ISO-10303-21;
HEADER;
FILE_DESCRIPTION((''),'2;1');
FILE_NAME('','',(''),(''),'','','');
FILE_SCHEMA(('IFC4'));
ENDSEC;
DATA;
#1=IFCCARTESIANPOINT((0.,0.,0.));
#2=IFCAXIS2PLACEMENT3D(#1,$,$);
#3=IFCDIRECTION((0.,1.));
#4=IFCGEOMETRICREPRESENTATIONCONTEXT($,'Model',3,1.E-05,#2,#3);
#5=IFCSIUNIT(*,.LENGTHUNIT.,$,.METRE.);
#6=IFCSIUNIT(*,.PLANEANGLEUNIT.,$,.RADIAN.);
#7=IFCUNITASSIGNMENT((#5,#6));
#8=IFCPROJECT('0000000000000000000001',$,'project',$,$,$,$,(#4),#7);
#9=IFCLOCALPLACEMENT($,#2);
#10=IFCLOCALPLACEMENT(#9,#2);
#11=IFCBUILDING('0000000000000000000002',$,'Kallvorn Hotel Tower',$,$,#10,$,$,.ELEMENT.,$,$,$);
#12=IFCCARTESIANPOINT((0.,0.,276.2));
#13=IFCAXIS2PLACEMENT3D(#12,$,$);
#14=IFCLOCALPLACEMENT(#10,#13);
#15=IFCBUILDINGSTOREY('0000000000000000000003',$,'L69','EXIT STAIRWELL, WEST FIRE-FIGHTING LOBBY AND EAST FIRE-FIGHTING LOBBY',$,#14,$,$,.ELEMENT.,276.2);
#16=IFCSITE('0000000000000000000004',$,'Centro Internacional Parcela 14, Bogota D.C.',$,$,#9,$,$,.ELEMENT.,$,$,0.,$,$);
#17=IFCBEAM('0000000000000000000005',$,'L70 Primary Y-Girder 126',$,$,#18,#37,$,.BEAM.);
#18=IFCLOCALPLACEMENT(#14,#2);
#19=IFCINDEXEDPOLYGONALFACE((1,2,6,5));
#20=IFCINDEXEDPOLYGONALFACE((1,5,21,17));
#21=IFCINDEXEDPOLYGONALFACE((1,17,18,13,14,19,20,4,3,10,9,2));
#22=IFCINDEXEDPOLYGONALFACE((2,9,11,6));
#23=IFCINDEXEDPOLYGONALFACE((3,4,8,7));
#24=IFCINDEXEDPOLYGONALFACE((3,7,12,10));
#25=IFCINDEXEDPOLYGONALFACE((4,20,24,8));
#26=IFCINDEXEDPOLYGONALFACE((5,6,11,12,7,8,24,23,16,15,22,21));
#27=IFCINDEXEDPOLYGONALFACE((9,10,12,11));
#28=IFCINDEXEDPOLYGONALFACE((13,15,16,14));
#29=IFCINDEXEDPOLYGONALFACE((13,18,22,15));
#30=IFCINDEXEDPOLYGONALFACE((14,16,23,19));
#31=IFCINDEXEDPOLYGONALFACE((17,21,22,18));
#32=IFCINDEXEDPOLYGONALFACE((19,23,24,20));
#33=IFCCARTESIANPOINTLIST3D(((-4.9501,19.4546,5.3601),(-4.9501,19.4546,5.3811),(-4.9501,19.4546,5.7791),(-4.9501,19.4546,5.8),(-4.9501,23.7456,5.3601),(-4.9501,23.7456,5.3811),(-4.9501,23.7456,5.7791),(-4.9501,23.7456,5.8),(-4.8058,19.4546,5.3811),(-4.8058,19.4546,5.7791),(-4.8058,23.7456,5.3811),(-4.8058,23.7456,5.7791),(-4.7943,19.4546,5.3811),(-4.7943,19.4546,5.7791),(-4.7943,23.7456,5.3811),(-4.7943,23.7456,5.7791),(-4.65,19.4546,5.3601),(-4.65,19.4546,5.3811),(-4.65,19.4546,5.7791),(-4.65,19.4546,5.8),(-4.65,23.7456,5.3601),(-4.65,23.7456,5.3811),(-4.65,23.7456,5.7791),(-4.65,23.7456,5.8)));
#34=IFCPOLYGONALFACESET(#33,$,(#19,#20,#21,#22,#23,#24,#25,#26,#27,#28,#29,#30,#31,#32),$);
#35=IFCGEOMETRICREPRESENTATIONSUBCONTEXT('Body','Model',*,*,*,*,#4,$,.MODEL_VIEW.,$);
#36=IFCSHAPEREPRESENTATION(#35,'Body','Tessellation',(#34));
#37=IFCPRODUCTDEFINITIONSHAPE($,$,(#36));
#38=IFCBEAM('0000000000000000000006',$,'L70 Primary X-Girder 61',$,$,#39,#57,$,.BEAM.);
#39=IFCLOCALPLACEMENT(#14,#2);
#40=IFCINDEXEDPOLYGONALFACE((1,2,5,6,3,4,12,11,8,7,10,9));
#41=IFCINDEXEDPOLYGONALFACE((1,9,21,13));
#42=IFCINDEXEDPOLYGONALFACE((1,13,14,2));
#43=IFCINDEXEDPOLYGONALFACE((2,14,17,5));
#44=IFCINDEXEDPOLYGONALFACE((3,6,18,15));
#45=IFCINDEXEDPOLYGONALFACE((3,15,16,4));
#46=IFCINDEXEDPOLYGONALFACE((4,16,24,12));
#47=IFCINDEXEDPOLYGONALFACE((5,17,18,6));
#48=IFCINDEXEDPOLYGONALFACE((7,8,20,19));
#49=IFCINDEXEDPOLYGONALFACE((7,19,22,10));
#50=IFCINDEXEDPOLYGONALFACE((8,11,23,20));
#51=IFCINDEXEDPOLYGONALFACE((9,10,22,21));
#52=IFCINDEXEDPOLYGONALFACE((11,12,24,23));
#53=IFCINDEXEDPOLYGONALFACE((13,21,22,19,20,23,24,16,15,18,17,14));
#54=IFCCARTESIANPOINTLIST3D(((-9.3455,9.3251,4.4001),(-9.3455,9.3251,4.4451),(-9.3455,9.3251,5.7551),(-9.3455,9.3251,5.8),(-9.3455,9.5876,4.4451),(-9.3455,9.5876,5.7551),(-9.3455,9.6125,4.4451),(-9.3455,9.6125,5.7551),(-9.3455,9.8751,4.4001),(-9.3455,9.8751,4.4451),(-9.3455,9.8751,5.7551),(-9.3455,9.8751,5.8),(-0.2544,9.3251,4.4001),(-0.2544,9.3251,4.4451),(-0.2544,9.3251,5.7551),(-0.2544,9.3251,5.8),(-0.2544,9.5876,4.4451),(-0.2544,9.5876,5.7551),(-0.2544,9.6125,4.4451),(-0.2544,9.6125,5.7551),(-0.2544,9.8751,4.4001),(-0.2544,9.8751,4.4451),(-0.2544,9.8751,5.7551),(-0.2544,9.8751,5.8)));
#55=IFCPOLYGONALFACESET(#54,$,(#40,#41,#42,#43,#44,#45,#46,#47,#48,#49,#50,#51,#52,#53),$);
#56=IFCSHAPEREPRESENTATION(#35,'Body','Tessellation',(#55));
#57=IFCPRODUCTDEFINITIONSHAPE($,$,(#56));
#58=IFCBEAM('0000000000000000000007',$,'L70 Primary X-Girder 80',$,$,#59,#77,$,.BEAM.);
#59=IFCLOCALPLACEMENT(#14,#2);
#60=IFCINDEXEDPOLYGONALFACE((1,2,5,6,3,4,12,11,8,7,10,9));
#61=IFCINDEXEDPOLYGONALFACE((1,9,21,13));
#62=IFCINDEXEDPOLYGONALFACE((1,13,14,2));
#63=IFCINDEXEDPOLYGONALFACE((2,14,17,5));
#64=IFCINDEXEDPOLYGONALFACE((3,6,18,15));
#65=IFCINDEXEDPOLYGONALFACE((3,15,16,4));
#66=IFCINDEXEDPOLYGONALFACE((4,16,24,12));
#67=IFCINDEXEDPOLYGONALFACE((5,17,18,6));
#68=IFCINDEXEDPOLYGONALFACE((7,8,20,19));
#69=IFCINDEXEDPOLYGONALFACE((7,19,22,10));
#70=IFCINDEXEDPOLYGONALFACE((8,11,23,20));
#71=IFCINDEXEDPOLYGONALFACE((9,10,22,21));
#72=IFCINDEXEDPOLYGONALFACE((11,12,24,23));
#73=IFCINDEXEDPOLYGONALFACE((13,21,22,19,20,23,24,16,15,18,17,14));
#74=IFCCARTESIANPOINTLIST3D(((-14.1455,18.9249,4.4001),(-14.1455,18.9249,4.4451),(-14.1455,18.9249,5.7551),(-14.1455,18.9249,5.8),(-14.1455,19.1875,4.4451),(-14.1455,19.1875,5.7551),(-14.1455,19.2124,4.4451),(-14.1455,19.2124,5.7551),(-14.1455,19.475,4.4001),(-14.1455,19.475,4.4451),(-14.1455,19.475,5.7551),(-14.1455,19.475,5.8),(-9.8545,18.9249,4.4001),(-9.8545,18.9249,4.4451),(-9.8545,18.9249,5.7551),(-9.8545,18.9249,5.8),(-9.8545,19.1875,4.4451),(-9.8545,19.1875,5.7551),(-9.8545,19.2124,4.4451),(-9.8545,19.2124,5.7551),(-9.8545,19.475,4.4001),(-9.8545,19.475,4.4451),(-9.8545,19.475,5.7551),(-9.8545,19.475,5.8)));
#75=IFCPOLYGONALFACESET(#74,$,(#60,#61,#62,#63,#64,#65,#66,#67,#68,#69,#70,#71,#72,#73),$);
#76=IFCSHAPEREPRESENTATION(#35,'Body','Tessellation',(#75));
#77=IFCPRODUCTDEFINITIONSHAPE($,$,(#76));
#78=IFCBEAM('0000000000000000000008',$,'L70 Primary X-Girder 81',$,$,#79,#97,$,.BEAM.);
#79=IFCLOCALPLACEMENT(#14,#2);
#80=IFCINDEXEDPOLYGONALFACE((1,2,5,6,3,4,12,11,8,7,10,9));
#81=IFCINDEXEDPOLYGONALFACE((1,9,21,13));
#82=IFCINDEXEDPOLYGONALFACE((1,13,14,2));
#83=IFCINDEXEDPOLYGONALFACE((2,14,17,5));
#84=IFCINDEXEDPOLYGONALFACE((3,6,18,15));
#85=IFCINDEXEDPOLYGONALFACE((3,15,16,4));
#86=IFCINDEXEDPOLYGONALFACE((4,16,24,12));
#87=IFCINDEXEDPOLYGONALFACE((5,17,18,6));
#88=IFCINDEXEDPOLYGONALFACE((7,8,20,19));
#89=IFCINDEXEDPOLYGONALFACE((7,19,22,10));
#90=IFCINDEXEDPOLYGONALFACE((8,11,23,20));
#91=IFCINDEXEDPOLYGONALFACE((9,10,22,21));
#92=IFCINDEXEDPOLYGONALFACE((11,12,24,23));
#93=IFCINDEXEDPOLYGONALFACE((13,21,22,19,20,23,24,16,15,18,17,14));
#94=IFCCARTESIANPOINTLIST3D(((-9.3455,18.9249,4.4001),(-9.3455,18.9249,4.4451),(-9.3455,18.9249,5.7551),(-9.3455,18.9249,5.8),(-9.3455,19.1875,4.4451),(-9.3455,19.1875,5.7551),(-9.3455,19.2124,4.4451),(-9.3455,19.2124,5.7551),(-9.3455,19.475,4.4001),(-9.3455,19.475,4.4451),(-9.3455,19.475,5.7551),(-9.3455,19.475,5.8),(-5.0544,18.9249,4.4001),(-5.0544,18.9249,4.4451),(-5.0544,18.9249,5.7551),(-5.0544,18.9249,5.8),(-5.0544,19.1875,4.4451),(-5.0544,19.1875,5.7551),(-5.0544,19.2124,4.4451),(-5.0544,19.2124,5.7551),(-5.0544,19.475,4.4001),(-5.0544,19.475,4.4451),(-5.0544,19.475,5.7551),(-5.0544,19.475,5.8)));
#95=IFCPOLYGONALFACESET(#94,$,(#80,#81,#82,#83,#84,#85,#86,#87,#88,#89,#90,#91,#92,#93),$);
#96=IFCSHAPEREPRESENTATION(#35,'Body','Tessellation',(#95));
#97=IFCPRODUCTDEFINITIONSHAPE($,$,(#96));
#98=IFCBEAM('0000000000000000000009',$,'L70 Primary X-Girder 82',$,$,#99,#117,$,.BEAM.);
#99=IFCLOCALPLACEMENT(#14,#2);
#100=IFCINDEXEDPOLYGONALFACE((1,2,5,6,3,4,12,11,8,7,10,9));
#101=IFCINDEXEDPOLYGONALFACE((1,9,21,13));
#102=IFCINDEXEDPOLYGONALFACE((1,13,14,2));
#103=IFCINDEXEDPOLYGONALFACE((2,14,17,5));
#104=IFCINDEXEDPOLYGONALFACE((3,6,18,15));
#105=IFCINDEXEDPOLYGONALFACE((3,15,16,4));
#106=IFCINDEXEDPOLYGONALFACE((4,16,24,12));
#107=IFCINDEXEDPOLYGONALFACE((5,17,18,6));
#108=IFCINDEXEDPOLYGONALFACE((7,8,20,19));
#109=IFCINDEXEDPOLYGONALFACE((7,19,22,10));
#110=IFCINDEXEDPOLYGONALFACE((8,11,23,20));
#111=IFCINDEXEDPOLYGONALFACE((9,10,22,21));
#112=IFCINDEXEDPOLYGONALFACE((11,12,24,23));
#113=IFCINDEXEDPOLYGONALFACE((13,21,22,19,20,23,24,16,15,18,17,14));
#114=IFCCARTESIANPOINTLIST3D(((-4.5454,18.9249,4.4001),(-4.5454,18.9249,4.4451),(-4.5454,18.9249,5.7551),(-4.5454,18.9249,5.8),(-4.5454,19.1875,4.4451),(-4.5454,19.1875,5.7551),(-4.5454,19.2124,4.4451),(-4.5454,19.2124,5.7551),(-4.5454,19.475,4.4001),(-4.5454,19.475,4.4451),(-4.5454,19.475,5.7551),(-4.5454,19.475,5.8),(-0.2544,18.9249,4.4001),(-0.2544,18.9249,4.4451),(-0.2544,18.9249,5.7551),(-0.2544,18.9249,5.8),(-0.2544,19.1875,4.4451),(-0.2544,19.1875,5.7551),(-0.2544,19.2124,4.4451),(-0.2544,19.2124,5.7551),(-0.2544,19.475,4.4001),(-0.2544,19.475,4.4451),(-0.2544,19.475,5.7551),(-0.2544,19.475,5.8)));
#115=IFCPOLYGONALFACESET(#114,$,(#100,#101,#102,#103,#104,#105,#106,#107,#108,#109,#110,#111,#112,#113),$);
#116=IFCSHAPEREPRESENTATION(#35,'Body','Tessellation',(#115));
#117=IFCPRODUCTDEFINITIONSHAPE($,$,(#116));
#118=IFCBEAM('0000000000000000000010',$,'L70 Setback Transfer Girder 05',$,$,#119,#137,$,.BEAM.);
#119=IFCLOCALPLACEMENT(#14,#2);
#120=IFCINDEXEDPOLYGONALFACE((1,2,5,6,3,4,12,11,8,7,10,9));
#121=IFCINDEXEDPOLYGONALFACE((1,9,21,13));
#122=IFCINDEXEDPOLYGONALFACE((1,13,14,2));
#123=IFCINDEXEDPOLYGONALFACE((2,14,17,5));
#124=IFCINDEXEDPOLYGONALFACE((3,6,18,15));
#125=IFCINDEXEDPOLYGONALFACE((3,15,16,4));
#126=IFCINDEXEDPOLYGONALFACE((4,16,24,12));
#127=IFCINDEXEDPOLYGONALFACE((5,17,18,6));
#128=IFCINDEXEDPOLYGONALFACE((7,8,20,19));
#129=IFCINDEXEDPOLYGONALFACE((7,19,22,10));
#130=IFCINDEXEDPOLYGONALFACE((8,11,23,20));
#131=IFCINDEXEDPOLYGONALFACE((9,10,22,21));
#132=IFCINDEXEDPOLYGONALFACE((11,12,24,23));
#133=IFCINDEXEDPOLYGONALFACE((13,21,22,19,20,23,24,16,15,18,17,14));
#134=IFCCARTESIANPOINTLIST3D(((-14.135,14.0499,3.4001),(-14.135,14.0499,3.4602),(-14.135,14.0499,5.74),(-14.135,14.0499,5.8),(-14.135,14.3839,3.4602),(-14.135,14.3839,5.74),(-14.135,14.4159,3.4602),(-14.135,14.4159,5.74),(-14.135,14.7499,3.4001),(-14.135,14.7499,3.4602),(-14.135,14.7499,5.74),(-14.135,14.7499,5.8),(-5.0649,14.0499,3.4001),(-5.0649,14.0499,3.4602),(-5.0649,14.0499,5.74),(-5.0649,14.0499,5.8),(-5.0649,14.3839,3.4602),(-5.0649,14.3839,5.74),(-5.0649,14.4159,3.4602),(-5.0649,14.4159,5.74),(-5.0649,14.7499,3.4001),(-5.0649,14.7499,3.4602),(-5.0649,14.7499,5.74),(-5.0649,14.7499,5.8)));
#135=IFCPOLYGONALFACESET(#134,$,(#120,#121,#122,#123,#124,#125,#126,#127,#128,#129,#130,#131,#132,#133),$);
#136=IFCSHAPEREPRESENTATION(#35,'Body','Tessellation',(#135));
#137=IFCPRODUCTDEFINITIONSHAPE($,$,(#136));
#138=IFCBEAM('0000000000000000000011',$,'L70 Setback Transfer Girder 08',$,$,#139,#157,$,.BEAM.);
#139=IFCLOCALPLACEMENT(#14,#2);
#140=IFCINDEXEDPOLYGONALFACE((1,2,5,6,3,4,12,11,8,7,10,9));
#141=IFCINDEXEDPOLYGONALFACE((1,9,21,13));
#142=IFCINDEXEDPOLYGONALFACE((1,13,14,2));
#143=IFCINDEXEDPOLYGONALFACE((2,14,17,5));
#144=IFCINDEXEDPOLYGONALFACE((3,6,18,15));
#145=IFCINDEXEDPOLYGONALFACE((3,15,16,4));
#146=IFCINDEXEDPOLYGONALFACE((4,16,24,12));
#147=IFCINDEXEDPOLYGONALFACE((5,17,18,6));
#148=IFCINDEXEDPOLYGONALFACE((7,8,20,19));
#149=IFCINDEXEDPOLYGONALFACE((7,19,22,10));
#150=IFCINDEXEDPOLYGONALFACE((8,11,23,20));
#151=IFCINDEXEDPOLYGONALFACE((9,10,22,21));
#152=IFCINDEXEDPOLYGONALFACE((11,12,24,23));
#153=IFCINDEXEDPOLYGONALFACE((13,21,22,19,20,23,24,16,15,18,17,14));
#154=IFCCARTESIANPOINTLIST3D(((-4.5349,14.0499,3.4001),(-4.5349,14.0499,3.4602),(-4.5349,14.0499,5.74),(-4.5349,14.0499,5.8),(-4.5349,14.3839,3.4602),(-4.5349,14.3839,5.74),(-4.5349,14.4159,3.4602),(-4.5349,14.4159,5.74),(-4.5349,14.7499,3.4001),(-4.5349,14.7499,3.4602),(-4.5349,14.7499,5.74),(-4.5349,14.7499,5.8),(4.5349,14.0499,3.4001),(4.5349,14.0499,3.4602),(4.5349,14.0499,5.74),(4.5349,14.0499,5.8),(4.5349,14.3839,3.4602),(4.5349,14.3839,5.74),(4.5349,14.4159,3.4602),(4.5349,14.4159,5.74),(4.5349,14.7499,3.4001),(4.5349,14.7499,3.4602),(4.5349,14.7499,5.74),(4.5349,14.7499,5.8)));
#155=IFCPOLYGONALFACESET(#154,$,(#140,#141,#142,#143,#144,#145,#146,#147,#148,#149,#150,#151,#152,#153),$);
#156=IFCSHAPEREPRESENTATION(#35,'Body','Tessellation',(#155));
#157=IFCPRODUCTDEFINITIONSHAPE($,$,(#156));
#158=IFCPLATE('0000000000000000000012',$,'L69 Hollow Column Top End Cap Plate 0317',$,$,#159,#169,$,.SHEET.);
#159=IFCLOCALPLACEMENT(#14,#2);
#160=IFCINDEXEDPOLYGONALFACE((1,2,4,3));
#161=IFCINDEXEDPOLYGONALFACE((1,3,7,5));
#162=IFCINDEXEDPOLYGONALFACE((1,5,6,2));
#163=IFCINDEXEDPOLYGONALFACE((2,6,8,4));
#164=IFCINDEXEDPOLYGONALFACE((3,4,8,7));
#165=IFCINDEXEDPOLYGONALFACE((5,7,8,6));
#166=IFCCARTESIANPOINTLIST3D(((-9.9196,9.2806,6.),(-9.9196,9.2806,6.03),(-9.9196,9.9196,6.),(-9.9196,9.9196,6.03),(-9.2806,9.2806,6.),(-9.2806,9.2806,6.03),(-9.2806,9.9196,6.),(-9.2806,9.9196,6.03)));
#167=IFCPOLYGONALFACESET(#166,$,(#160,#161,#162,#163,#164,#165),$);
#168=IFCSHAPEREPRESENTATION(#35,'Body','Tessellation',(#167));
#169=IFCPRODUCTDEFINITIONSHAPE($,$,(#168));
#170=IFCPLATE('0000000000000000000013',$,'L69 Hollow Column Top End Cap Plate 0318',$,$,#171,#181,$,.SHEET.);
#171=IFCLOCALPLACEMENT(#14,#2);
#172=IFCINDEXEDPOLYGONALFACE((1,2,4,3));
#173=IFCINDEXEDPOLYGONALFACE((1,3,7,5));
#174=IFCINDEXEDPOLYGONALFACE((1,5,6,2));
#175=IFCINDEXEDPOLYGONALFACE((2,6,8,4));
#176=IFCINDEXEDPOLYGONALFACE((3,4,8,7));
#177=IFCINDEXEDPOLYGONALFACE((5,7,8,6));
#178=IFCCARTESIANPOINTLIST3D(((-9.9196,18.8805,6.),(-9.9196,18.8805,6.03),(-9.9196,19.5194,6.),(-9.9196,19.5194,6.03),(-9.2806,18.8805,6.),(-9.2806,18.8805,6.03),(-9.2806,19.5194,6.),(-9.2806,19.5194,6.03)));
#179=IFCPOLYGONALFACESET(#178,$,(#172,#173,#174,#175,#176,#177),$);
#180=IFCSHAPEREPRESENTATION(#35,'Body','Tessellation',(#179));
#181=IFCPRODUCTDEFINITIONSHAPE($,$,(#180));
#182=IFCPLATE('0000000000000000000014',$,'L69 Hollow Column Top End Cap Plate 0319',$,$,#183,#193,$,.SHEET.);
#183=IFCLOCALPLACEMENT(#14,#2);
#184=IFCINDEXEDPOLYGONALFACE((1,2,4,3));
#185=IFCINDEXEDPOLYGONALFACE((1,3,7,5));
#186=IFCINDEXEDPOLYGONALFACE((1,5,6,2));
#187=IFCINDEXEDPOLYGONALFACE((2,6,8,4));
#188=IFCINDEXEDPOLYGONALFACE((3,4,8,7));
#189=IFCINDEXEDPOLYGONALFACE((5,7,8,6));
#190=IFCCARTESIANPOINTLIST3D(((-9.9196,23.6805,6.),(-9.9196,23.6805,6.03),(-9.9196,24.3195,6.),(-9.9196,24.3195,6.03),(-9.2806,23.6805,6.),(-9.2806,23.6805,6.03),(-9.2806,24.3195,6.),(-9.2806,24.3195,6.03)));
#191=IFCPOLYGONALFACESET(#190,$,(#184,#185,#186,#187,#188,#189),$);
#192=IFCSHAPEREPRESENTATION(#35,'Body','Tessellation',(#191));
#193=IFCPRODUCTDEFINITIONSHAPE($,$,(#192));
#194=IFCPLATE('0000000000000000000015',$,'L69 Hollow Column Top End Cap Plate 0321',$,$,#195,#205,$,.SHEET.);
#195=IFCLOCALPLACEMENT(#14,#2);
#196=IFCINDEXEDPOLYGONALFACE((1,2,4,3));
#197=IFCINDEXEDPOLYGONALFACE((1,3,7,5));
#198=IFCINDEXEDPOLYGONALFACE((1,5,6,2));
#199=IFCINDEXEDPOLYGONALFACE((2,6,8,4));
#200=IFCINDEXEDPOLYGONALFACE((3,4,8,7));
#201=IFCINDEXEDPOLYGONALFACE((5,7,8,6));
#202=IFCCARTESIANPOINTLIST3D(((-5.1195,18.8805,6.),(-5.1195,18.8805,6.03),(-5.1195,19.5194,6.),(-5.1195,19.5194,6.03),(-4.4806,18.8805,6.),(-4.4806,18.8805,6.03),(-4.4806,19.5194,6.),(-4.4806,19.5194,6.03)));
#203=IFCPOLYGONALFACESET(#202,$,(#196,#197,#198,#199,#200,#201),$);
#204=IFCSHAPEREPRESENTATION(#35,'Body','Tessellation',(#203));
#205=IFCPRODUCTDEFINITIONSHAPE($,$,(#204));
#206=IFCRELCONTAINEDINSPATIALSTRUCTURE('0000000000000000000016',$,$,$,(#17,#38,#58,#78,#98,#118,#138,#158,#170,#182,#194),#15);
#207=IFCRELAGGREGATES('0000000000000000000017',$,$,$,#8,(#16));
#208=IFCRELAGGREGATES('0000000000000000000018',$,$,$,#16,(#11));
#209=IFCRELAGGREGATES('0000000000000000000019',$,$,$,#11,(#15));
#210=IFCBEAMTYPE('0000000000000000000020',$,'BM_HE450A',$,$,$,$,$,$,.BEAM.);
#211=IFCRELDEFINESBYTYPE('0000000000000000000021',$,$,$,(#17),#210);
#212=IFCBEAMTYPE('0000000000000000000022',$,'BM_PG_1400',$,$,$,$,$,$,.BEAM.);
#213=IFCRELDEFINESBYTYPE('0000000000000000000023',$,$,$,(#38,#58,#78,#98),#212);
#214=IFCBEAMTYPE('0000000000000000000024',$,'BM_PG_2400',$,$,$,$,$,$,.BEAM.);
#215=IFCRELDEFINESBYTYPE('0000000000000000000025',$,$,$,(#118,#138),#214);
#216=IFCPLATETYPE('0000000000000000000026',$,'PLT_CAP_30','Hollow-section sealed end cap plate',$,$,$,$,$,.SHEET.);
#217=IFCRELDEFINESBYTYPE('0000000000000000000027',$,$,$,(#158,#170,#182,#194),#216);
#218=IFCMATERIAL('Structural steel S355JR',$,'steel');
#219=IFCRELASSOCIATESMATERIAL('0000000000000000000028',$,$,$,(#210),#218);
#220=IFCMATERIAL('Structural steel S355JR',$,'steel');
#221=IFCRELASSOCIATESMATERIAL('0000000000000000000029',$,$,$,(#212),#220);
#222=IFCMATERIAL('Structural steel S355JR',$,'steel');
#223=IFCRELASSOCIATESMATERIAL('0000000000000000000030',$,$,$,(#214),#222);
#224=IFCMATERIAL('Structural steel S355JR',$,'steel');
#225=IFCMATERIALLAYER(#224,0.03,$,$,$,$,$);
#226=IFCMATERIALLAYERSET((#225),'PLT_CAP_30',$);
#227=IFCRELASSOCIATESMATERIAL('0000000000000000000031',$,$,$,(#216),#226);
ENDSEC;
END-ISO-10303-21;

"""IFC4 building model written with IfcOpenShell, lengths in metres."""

from ifc_helpers import new_model, si_unit, direction, frame, origin, origin_2d, place, context, subcontext, project, spatial, rectangle, i_section, extrude, material, layer, layer_set, material_profile, profile_set, type_object, element, save


model = new_model("IFC4")

# Units and contexts
model_context = context("Model", 3, precision=1e-05, world=origin(), true_north=direction((0.0, 1.0)))
body_context = subcontext(model_context, "Body", "Model", "MODEL_VIEW")
ifc_project = project(units=[si_unit("LENGTHUNIT", "METRE"), si_unit("PLANEANGLEUNIT", "RADIAN")], contexts=[model_context])

# Site, building, storey
site_placement = place(None, origin())
site = spatial("IfcSite", under=ifc_project, at=site_placement, Name="Centro Internacional Parcela 14, Bogota D.C.", CompositionType="ELEMENT", RefElevation=0.0)
building_placement = place(site_placement, origin())
building = spatial("IfcBuilding", under=site, at=building_placement, Name="Kallvorn Hotel Tower", CompositionType="ELEMENT")
storey_placement = place(building_placement, frame((0.0, 0.0, 276.2)))
storey = spatial("IfcBuildingStorey", under=building, at=storey_placement, Name="L69", Description="EXIT STAIRWELL, WEST FIRE-FIGHTING LOBBY AND EAST FIRE-FIGHTING LOBBY", CompositionType="ELEMENT", Elevation=276.2)

# Beams
ifc_material_1 = material(Name="Structural steel S355JR", Category="steel")
ifc_material_profile_1 = material_profile(ifc_material_1, i_section(OverallWidth=0.3, OverallDepth=0.4399, WebThickness=0.0115, FlangeThickness=0.021, at=origin_2d()), Name="HE 450 A")
ifc_profile_set_1 = profile_set([ifc_material_profile_1], Name="Structural steel S355JR")
beam_type_1 = type_object("IfcBeamType", Name="BM_HE450A", PredefinedType="BEAM", material=ifc_profile_set_1)
beam_1_placement = place(storey_placement, frame((-4.8, 19.4546, 5.5801), z_axis=(0.0, 1.0, 0.0), x_axis=(-1.0, 0.0, 0.0)))
element("IfcBeam", 1, at=beam_1_placement, inside=storey, type_object=beam_type_1, Name="L70 Primary Y-Girder 126", PredefinedType="BEAM", context=body_context, shape_type="SweptSolid", body=[
    extrude(i_section(OverallWidth=0.3, OverallDepth=0.4399, WebThickness=0.0115, FlangeThickness=0.021, at=origin_2d()), origin(), (0.0, 0.0, 1.0), 4.291),
])
ifc_material_2 = material(Name="Structural steel S355JR", Category="steel")
ifc_material_profile_2 = material_profile(ifc_material_2, i_section(OverallWidth=0.55, OverallDepth=1.3999, WebThickness=0.0249, FlangeThickness=0.0449, at=origin_2d()), Name="PG 1400x550x25x45")
ifc_profile_set_2 = profile_set([ifc_material_profile_2], Name="Structural steel S355JR")
beam_type_2 = type_object("IfcBeamType", Name="BM_PG_1400", PredefinedType="BEAM", material=ifc_profile_set_2)
beam_2_placement = place(storey_placement, frame((-9.3455, 9.6001, 5.1001), z_axis=(1.0, 0.0, 0.0), x_axis=(0.0, 1.0, 0.0)))
element("IfcBeam", 2, at=beam_2_placement, inside=storey, type_object=beam_type_2, Name="L70 Primary X-Girder 61", PredefinedType="BEAM", context=body_context, shape_type="SweptSolid", body=[
    extrude(i_section(OverallWidth=0.55, OverallDepth=1.3999, WebThickness=0.0249, FlangeThickness=0.0449, at=origin_2d()), origin(), (0.0, 0.0, 1.0), 9.0911),
])
for number, where, z_axis, x_axis, name in (
    (3, (-14.1455, 19.2, 5.1001), (1.0, 0.0, 0.0), (0.0, 1.0, 0.0), "L70 Primary X-Girder 80"),
    (4, (-9.3455, 19.2, 5.1001), (1.0, 0.0, 0.0), (0.0, 1.0, 0.0), "L70 Primary X-Girder 81"),
    (5, (-4.5454, 19.2, 5.1001), (1.0, 0.0, 0.0), (0.0, 1.0, 0.0), "L70 Primary X-Girder 82"),
):
    element("IfcBeam", number, at=place(storey_placement, frame(where, z_axis=z_axis, x_axis=x_axis)), inside=storey, type_object=beam_type_2, Name=name, PredefinedType="BEAM", context=body_context, shape_type="SweptSolid", body=[
        extrude(i_section(OverallWidth=0.55, OverallDepth=1.3999, WebThickness=0.0249, FlangeThickness=0.0449, at=origin_2d()), origin(), (0.0, 0.0, 1.0), 4.291),
    ])
ifc_material_3 = material(Name="Structural steel S355JR", Category="steel")
ifc_material_profile_3 = material_profile(ifc_material_3, i_section(OverallWidth=0.7, OverallDepth=2.3999, WebThickness=0.032, FlangeThickness=0.0601, at=origin_2d()), Name="PG 2400x700x32x60")
ifc_profile_set_3 = profile_set([ifc_material_profile_3], Name="Structural steel S355JR")
beam_type_3 = type_object("IfcBeamType", Name="BM_PG_2400", PredefinedType="BEAM", material=ifc_profile_set_3)
beam_3_placement = place(storey_placement, frame((-14.135, 14.3999, 4.6001), z_axis=(1.0, 0.0, 0.0), x_axis=(0.0, 1.0, 0.0)))
element("IfcBeam", 6, at=beam_3_placement, inside=storey, type_object=beam_type_3, Name="L70 Setback Transfer Girder 05", PredefinedType="BEAM", context=body_context, shape_type="SweptSolid", body=[
    extrude(i_section(OverallWidth=0.7, OverallDepth=2.3999, WebThickness=0.032, FlangeThickness=0.0601, at=origin_2d()), origin(), (0.0, 0.0, 1.0), 9.0701),
])
beam_4_placement = place(storey_placement, frame((-4.5349, 14.3999, 4.6001), z_axis=(1.0, 0.0, 0.0), x_axis=(0.0, 1.0, 0.0)))
element("IfcBeam", 7, at=beam_4_placement, inside=storey, type_object=beam_type_3, Name="L70 Setback Transfer Girder 08", PredefinedType="BEAM", context=body_context, shape_type="SweptSolid", body=[
    extrude(i_section(OverallWidth=0.7, OverallDepth=2.3999, WebThickness=0.032, FlangeThickness=0.0601, at=origin_2d()), origin(), (0.0, 0.0, 1.0), 9.0698),
])

# Plates
ifc_material_4 = material(Name="Structural steel S355JR", Category="steel")
ifc_layer = layer(ifc_material_4, 0.03)
ifc_layer_set = layer_set([ifc_layer], Name="PLT_CAP_30")
plate_type = type_object("IfcPlateType", Name="PLT_CAP_30", Description="Hollow-section sealed end cap plate", PredefinedType="SHEET", material=ifc_layer_set)
for number, where, z_axis, x_axis, name in (
    (8, (-9.6001, 9.6001, 6.0), (0.0, 0.0, 1.0), (1.0, 0.0, 0.0), "L69 Hollow Column Top End Cap Plate 0317"),
    (9, (-9.6001, 19.2, 6.0), (0.0, 0.0, 1.0), (1.0, 0.0, 0.0), "L69 Hollow Column Top End Cap Plate 0318"),
    (10, (-9.6001, 24.0, 6.0), (0.0, 0.0, 1.0), (1.0, 0.0, 0.0), "L69 Hollow Column Top End Cap Plate 0319"),
    (11, (-4.8, 19.2, 6.0), (0.0, 0.0, 1.0), (1.0, 0.0, 0.0), "L69 Hollow Column Top End Cap Plate 0321"),
):
    element("IfcPlate", number, at=place(storey_placement, frame(where, z_axis=z_axis, x_axis=x_axis)), inside=storey, type_object=plate_type, Name=name, PredefinedType="SHEET", context=body_context, shape_type="SweptSolid", body=[
        extrude(rectangle(XDim=0.6389, YDim=0.6389, at=origin_2d()), origin(), (0.0, 0.0, 1.0), 0.03),
    ])

save(model, "model.ifc")
